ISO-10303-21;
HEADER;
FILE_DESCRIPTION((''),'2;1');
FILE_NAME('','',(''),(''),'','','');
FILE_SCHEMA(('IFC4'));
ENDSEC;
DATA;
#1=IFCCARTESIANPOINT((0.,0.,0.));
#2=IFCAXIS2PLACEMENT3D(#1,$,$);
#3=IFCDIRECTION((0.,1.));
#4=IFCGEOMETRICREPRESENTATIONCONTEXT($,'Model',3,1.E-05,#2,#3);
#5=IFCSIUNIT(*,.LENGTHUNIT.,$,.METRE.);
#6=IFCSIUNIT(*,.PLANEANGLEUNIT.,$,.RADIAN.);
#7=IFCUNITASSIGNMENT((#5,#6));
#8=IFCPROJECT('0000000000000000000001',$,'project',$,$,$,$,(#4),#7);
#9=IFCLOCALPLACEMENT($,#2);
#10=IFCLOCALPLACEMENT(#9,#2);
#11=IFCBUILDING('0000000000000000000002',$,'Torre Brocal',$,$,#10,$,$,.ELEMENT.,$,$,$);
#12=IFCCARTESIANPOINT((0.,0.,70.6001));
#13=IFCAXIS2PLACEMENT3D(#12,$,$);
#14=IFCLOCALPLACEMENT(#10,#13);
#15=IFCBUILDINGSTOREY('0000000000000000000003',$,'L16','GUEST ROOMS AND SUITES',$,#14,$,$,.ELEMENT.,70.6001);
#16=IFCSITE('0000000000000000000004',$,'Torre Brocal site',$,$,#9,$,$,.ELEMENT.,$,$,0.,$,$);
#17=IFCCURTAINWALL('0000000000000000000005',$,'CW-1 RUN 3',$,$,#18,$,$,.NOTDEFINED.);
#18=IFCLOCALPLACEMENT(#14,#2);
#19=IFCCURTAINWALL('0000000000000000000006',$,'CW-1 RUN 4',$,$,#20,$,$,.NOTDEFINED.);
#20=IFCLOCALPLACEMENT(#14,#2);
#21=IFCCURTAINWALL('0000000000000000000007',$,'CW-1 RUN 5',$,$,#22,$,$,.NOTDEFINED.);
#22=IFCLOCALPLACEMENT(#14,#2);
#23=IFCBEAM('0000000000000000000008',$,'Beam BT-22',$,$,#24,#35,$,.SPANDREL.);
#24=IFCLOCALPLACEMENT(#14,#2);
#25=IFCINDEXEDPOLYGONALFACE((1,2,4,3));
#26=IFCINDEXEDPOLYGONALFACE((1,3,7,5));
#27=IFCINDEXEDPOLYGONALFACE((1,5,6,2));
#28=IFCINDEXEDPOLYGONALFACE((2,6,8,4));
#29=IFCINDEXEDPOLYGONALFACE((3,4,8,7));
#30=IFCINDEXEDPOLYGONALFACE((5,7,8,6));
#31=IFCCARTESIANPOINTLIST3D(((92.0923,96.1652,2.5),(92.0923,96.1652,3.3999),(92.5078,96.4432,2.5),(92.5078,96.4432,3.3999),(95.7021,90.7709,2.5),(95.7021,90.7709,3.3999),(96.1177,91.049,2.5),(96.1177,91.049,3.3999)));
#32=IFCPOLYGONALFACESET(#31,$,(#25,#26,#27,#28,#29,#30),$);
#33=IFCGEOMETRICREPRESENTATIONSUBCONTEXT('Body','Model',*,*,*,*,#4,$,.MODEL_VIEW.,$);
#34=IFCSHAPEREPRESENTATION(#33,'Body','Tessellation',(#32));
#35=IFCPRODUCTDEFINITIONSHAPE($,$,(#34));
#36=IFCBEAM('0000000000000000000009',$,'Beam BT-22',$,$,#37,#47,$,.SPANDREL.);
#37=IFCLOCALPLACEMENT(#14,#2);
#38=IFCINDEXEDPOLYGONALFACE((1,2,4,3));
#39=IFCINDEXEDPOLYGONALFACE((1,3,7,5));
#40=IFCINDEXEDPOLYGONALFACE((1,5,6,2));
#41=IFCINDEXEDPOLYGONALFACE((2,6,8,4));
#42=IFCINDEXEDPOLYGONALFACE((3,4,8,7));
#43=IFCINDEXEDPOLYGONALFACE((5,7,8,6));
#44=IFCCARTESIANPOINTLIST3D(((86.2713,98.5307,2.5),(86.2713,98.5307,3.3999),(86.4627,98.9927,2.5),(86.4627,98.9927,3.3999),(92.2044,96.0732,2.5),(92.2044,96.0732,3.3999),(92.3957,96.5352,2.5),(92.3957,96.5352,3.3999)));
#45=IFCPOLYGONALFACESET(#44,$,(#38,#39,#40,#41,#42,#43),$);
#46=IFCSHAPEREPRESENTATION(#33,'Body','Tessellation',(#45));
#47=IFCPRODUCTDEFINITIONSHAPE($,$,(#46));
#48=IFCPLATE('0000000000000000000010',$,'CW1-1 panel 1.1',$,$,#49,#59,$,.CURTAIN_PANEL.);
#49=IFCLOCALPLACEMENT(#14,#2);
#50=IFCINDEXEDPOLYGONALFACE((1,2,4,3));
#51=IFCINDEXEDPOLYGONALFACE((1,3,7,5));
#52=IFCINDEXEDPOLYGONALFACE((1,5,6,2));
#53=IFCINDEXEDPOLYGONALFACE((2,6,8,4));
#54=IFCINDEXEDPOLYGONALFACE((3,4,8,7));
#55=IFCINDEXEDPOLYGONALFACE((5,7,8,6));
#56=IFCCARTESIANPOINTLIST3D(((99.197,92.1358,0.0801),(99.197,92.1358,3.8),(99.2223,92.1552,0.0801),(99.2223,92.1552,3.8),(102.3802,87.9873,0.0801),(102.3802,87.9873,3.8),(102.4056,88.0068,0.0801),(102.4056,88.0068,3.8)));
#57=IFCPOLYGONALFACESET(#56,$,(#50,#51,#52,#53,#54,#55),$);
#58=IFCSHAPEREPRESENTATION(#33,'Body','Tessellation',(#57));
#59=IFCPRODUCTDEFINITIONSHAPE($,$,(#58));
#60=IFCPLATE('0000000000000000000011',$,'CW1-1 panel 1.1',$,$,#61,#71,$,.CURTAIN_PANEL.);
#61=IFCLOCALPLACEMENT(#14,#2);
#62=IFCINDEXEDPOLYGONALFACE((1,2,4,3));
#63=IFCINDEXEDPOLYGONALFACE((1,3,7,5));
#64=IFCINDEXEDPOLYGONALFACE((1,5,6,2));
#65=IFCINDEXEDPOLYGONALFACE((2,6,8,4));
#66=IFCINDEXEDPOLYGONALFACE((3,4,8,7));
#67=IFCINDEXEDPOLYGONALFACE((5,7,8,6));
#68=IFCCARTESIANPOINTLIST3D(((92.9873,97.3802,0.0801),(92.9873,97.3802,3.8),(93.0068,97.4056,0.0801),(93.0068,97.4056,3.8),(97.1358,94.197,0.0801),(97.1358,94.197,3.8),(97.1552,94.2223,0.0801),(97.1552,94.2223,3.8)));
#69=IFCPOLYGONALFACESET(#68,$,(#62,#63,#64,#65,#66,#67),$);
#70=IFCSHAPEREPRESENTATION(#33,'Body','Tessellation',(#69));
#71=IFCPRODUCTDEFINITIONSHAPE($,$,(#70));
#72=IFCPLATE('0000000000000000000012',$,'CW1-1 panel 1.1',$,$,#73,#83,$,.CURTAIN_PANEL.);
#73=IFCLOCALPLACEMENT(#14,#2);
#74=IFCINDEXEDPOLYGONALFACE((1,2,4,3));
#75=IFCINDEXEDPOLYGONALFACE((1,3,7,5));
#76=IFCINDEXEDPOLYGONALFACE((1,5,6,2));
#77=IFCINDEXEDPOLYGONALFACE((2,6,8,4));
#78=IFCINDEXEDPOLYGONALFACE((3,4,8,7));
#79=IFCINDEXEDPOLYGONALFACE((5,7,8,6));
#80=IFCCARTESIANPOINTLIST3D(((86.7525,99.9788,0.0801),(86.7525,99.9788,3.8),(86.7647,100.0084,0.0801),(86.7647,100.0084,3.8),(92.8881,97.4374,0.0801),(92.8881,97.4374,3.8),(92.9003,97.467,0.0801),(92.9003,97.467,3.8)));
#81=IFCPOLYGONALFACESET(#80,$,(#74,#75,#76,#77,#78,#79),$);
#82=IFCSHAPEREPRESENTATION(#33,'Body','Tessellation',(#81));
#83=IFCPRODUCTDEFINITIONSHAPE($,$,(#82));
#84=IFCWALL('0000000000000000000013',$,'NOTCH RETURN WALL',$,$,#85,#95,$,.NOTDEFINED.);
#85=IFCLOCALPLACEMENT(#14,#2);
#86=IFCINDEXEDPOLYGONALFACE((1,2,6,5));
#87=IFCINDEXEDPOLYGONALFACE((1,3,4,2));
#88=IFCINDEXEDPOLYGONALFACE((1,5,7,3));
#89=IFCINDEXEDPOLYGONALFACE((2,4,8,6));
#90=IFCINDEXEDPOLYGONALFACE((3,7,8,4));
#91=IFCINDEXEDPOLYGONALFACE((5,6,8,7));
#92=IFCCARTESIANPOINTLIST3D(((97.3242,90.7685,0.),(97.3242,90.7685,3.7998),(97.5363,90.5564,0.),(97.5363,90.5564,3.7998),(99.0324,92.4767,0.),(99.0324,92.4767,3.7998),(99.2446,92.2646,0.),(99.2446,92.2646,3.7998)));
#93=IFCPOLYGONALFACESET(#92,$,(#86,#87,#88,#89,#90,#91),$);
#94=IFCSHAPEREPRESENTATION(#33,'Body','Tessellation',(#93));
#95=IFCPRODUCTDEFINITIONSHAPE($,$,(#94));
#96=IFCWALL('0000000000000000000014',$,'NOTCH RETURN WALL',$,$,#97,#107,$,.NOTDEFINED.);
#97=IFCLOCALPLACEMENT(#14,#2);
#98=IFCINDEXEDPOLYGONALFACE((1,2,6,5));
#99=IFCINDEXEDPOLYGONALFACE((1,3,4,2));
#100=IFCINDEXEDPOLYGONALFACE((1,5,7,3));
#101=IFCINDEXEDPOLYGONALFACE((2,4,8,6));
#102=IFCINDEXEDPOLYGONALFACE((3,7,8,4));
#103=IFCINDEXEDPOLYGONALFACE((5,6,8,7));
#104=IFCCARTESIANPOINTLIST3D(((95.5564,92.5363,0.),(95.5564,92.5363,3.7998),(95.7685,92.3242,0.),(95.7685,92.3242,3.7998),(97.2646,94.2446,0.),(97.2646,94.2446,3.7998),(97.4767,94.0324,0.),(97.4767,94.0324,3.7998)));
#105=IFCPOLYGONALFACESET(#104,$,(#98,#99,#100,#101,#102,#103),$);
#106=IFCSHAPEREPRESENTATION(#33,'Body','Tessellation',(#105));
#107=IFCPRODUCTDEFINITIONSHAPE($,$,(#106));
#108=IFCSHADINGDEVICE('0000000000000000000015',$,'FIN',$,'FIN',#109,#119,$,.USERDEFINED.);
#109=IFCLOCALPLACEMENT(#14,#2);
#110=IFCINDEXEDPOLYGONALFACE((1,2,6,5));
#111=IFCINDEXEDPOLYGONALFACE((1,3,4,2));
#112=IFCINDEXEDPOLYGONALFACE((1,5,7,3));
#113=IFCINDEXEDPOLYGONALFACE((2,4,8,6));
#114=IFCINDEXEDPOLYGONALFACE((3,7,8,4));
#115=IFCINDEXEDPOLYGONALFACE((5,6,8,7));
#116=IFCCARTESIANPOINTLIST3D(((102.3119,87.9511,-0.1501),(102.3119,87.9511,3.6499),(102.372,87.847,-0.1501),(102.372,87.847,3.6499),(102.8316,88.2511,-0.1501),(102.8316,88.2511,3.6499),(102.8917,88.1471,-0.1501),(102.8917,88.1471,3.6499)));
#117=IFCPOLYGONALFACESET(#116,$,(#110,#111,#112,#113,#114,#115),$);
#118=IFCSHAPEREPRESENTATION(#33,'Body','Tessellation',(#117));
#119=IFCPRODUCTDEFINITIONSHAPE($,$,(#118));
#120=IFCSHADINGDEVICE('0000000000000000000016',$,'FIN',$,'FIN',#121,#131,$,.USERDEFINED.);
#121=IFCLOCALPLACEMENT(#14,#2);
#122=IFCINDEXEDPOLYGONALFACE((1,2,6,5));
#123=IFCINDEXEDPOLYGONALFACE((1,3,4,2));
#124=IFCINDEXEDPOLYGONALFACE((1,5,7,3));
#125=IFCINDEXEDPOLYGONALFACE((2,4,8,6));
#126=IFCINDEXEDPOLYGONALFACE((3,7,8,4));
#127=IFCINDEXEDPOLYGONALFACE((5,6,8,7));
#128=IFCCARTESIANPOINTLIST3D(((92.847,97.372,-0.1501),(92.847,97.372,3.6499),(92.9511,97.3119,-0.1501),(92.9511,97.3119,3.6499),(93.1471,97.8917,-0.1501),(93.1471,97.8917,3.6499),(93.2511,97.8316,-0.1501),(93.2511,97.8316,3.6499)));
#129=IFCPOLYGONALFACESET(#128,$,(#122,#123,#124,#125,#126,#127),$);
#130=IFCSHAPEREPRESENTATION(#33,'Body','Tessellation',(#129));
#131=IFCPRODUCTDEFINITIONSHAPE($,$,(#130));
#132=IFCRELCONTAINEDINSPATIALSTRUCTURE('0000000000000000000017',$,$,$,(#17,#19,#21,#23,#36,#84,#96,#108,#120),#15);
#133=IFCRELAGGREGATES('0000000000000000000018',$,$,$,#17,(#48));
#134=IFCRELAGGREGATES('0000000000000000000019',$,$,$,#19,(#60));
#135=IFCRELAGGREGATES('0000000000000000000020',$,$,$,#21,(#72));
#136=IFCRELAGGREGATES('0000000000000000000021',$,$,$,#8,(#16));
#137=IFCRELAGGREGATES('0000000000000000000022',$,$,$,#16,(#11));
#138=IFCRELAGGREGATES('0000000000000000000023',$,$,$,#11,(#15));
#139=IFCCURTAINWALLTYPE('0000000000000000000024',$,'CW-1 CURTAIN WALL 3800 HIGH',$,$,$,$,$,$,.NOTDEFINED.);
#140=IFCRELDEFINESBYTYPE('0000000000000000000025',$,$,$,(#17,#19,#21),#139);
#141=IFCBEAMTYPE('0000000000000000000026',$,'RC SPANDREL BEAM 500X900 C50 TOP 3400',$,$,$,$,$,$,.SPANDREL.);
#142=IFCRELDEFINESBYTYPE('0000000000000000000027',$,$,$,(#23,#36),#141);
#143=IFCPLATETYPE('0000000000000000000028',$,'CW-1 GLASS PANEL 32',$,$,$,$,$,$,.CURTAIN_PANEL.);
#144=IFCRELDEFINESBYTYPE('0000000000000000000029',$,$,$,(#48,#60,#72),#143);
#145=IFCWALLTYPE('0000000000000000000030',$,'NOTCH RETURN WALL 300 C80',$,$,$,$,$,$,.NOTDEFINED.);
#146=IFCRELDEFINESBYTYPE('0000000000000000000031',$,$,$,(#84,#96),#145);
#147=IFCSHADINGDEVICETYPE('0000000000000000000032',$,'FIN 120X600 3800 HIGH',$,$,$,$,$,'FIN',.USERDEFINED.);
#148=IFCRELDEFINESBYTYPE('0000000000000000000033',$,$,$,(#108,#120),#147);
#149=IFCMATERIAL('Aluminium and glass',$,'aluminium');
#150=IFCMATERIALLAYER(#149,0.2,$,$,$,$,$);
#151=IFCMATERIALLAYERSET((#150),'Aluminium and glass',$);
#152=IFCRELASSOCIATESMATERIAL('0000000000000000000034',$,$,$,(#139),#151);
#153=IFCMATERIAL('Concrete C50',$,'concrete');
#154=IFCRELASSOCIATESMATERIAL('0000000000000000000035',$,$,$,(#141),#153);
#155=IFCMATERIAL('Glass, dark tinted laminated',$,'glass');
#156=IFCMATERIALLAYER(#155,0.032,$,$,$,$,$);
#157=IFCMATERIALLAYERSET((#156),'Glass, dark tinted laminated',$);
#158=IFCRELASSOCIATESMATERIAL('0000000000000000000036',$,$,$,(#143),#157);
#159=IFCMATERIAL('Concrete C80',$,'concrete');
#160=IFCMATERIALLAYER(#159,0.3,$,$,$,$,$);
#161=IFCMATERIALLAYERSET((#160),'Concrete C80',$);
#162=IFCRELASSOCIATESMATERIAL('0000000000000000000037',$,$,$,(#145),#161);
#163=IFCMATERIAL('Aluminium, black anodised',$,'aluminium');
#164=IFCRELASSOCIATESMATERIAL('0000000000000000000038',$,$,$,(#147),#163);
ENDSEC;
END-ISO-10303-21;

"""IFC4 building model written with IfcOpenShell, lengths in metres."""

from ifc_helpers import new_model, si_unit, direction, frame, frame_2d, origin, origin_2d, place, context, subcontext, project, spatial, rectangle, extrude, material, layer, layer_set, material_profile, profile_set, type_object, element, aggregate, save


model = new_model("IFC4")

# Units and contexts
model_context = context("Model", 3, precision=1e-05, world=origin(), true_north=direction((0.0, 1.0)))
body_context = subcontext(model_context, "Body", "Model", "MODEL_VIEW")
ifc_project = project(units=[si_unit("LENGTHUNIT", "METRE"), si_unit("PLANEANGLEUNIT", "RADIAN")], contexts=[model_context])

# Site, building, storey
site_placement = place(None, origin())
site = spatial("IfcSite", under=ifc_project, at=site_placement, Name="Torre Brocal site", CompositionType="ELEMENT", RefElevation=0.0)
building_placement = place(site_placement, origin())
building = spatial("IfcBuilding", under=site, at=building_placement, Name="Torre Brocal", CompositionType="ELEMENT")
storey_placement = place(building_placement, frame((0.0, 0.0, 70.6001)))
storey = spatial("IfcBuildingStorey", under=building, at=storey_placement, Name="L16", Description="GUEST ROOMS AND SUITES", CompositionType="ELEMENT", Elevation=70.6001)

# Shared definitions
ifc_material_1 = material(Name="Aluminium and glass", Category="aluminium")
ifc_layer_1 = layer(ifc_material_1, 0.2)
ifc_layer_set_1 = layer_set([ifc_layer_1], Name="Aluminium and glass")
curtain_wall_type = type_object("IfcCurtainWallType", Name="CW-1 CURTAIN WALL 3800 HIGH", PredefinedType="NOTDEFINED", material=ifc_layer_set_1)

# Curtain walls
curtain_wall_1_placement = place(storey_placement, origin())
curtain_wall_1 = element("IfcCurtainWall", 1, at=curtain_wall_1_placement, inside=storey, type_object=curtain_wall_type, Name="CW-1 RUN 3", PredefinedType="NOTDEFINED")
curtain_wall_2_placement = place(storey_placement, origin())
curtain_wall_2 = element("IfcCurtainWall", 2, at=curtain_wall_2_placement, inside=storey, type_object=curtain_wall_type, Name="CW-1 RUN 4", PredefinedType="NOTDEFINED")

# Curtain wall
curtain_wall_3_placement = place(storey_placement, origin())
curtain_wall_3 = element("IfcCurtainWall", 3, at=curtain_wall_3_placement, inside=storey, type_object=curtain_wall_type, Name="CW-1 RUN 5", PredefinedType="NOTDEFINED")

# Beams
ifc_material_2 = material(Name="Concrete C50", Category="concrete")
ifc_material_profile_1 = material_profile(ifc_material_2, rectangle(XDim=0.5, YDim=0.8999, at=origin_2d()), Name="RC 500X900")
ifc_profile_set_1 = profile_set([ifc_material_profile_1], Name="Concrete C50")
beam_type_1 = type_object("IfcBeamType", Name="RC SPANDREL BEAM 500X900 C50 TOP 3400", PredefinedType="SPANDREL", material=ifc_profile_set_1)
beam_1_placement = place(storey_placement, frame((95.9099, 90.9099, 2.95), z_axis=(-0.556158, 0.831077, 0.0), x_axis=(-0.831077, -0.556158, 0.0)))
element("IfcBeam", 4, at=beam_1_placement, inside=storey, type_object=beam_type_1, Name="Beam BT-22", PredefinedType="SPANDREL", context=body_context, shape_type="SweptSolid", body=[
    extrude(rectangle(XDim=0.5, YDim=0.8999, at=origin_2d()), origin(), (0.0, 0.0, 1.0), 6.4907),
])
beam_2_placement = place(storey_placement, frame((92.3, 96.3042, 2.95), z_axis=(-0.923882, 0.382676, 0.0), x_axis=(-0.382676, -0.923882, 0.0)))
element("IfcBeam", 5, at=beam_2_placement, inside=storey, type_object=beam_type_1, Name="Beam BT-22", PredefinedType="SPANDREL", context=body_context, shape_type="SweptSolid", body=[
    extrude(rectangle(XDim=0.5, YDim=0.8999, at=origin_2d()), origin(), (0.0, 0.0, 1.0), 6.4219),
])

# Plates
ifc_material_3 = material(Name="Glass, dark tinted laminated", Category="glass")
ifc_layer_2 = layer(ifc_material_3, 0.032)
ifc_layer_set_2 = layer_set([ifc_layer_2], Name="Glass, dark tinted laminated")
plate_type = type_object("IfcPlateType", Name="CW-1 GLASS PANEL 32", PredefinedType="CURTAIN_PANEL", material=ifc_layer_set_2)
plate_1_placement = place(storey_placement, frame((100.8013, 90.0713, 0.0801), z_axis=(0.0, 0.0, 1.0), x_axis=(-0.608761, 0.793353, 0.0)))
plate_1 = element("IfcPlate", 6, at=plate_1_placement, type_object=plate_type, Name="CW1-1 panel 1.1", PredefinedType="CURTAIN_PANEL", context=body_context, shape_type="SweptSolid", body=[
    extrude(rectangle(XDim=5.229, YDim=0.032, at=origin_2d()), origin(), (0.0, 0.0, 1.0), 3.72),
])
aggregate(curtain_wall_1, [plate_1])
plate_2_placement = place(storey_placement, frame((95.0713, 95.8013, 0.0801), z_axis=(0.0, 0.0, 1.0), x_axis=(-0.793353, 0.608761, 0.0)))
plate_2 = element("IfcPlate", 7, at=plate_2_placement, type_object=plate_type, Name="CW1-1 panel 1.1", PredefinedType="CURTAIN_PANEL", context=body_context, shape_type="SweptSolid", body=[
    extrude(rectangle(XDim=5.229, YDim=0.032, at=origin_2d()), origin(), (0.0, 0.0, 1.0), 3.72),
])
aggregate(curtain_wall_2, [plate_2])
plate_3_placement = place(storey_placement, frame((89.8264, 98.7229, 0.0801), z_axis=(0.0, 0.0, 1.0), x_axis=(-0.92388, 0.382683, 0.0)))
plate_3 = element("IfcPlate", 8, at=plate_3_placement, type_object=plate_type, Name="CW1-1 panel 1.1", PredefinedType="CURTAIN_PANEL", context=body_context, shape_type="SweptSolid", body=[
    extrude(rectangle(XDim=6.6411, YDim=0.032, at=origin_2d()), origin(), (0.0, 0.0, 1.0), 3.72),
])
aggregate(curtain_wall_3, [plate_3])

# Walls
ifc_material_4 = material(Name="Concrete C80", Category="concrete")
ifc_layer_3 = layer(ifc_material_4, 0.3)
ifc_layer_set_3 = layer_set([ifc_layer_3], Name="Concrete C80")
wall_type = type_object("IfcWallType", Name="NOTCH RETURN WALL 300 C80", PredefinedType="NOTDEFINED", material=ifc_layer_set_3)
for number, where, z_axis, x_axis, name in (
    (9, (97.4302, 90.6624, 0.0), (0.0, 0.0, 1.0), (0.707107, 0.707107, 0.0), "NOTCH RETURN WALL"),
    (10, (95.6624, 92.4302, 0.0), (0.0, 0.0, 1.0), (0.707107, 0.707107, 0.0), "NOTCH RETURN WALL"),
):
    element("IfcWall", number, at=place(storey_placement, frame(where, z_axis=z_axis, x_axis=x_axis)), inside=storey, type_object=wall_type, Name=name, PredefinedType="NOTDEFINED", context=body_context, shape_type="SweptSolid", body=[
        extrude(rectangle(XDim=2.4158, YDim=0.3, at=frame_2d((1.208, 0.0))), origin(), (0.0, 0.0, 1.0), 3.7998),
    ])

# Shading devices
ifc_material_5 = material(Name="Aluminium, black anodised", Category="aluminium")
ifc_material_profile_2 = material_profile(ifc_material_5, rectangle(XDim=0.1201, YDim=0.6001, at=origin_2d()), Name="FIN 120X600 3800 HIGH")
ifc_profile_set_2 = profile_set([ifc_material_profile_2], Name="Aluminium, black anodised")
shading_device_type = type_object("IfcShadingDeviceType", Name="FIN 120X600 3800 HIGH", ElementType="FIN", PredefinedType="USERDEFINED", material=ifc_profile_set_2)
for number, where, z_axis, x_axis, name in (
    (11, (102.6018, 88.0491, -0.1501), (0.0, 0.0, 1.0), (-0.5, 0.866025, 0.0), "FIN"),
    (12, (93.0491, 97.6018, -0.1501), (0.0, 0.0, 1.0), (-0.866025, 0.5, 0.0), "FIN"),
):
    element("IfcShadingDevice", number, at=place(storey_placement, frame(where, z_axis=z_axis, x_axis=x_axis)), inside=storey, type_object=shading_device_type, Name=name, ObjectType="FIN", PredefinedType="USERDEFINED", context=body_context, shape_type="SweptSolid", body=[
        extrude(rectangle(XDim=0.1201, YDim=0.6001, at=origin_2d()), origin(), (0.0, 0.0, 1.0), 3.8),
    ])

save(model, "model.ifc")
